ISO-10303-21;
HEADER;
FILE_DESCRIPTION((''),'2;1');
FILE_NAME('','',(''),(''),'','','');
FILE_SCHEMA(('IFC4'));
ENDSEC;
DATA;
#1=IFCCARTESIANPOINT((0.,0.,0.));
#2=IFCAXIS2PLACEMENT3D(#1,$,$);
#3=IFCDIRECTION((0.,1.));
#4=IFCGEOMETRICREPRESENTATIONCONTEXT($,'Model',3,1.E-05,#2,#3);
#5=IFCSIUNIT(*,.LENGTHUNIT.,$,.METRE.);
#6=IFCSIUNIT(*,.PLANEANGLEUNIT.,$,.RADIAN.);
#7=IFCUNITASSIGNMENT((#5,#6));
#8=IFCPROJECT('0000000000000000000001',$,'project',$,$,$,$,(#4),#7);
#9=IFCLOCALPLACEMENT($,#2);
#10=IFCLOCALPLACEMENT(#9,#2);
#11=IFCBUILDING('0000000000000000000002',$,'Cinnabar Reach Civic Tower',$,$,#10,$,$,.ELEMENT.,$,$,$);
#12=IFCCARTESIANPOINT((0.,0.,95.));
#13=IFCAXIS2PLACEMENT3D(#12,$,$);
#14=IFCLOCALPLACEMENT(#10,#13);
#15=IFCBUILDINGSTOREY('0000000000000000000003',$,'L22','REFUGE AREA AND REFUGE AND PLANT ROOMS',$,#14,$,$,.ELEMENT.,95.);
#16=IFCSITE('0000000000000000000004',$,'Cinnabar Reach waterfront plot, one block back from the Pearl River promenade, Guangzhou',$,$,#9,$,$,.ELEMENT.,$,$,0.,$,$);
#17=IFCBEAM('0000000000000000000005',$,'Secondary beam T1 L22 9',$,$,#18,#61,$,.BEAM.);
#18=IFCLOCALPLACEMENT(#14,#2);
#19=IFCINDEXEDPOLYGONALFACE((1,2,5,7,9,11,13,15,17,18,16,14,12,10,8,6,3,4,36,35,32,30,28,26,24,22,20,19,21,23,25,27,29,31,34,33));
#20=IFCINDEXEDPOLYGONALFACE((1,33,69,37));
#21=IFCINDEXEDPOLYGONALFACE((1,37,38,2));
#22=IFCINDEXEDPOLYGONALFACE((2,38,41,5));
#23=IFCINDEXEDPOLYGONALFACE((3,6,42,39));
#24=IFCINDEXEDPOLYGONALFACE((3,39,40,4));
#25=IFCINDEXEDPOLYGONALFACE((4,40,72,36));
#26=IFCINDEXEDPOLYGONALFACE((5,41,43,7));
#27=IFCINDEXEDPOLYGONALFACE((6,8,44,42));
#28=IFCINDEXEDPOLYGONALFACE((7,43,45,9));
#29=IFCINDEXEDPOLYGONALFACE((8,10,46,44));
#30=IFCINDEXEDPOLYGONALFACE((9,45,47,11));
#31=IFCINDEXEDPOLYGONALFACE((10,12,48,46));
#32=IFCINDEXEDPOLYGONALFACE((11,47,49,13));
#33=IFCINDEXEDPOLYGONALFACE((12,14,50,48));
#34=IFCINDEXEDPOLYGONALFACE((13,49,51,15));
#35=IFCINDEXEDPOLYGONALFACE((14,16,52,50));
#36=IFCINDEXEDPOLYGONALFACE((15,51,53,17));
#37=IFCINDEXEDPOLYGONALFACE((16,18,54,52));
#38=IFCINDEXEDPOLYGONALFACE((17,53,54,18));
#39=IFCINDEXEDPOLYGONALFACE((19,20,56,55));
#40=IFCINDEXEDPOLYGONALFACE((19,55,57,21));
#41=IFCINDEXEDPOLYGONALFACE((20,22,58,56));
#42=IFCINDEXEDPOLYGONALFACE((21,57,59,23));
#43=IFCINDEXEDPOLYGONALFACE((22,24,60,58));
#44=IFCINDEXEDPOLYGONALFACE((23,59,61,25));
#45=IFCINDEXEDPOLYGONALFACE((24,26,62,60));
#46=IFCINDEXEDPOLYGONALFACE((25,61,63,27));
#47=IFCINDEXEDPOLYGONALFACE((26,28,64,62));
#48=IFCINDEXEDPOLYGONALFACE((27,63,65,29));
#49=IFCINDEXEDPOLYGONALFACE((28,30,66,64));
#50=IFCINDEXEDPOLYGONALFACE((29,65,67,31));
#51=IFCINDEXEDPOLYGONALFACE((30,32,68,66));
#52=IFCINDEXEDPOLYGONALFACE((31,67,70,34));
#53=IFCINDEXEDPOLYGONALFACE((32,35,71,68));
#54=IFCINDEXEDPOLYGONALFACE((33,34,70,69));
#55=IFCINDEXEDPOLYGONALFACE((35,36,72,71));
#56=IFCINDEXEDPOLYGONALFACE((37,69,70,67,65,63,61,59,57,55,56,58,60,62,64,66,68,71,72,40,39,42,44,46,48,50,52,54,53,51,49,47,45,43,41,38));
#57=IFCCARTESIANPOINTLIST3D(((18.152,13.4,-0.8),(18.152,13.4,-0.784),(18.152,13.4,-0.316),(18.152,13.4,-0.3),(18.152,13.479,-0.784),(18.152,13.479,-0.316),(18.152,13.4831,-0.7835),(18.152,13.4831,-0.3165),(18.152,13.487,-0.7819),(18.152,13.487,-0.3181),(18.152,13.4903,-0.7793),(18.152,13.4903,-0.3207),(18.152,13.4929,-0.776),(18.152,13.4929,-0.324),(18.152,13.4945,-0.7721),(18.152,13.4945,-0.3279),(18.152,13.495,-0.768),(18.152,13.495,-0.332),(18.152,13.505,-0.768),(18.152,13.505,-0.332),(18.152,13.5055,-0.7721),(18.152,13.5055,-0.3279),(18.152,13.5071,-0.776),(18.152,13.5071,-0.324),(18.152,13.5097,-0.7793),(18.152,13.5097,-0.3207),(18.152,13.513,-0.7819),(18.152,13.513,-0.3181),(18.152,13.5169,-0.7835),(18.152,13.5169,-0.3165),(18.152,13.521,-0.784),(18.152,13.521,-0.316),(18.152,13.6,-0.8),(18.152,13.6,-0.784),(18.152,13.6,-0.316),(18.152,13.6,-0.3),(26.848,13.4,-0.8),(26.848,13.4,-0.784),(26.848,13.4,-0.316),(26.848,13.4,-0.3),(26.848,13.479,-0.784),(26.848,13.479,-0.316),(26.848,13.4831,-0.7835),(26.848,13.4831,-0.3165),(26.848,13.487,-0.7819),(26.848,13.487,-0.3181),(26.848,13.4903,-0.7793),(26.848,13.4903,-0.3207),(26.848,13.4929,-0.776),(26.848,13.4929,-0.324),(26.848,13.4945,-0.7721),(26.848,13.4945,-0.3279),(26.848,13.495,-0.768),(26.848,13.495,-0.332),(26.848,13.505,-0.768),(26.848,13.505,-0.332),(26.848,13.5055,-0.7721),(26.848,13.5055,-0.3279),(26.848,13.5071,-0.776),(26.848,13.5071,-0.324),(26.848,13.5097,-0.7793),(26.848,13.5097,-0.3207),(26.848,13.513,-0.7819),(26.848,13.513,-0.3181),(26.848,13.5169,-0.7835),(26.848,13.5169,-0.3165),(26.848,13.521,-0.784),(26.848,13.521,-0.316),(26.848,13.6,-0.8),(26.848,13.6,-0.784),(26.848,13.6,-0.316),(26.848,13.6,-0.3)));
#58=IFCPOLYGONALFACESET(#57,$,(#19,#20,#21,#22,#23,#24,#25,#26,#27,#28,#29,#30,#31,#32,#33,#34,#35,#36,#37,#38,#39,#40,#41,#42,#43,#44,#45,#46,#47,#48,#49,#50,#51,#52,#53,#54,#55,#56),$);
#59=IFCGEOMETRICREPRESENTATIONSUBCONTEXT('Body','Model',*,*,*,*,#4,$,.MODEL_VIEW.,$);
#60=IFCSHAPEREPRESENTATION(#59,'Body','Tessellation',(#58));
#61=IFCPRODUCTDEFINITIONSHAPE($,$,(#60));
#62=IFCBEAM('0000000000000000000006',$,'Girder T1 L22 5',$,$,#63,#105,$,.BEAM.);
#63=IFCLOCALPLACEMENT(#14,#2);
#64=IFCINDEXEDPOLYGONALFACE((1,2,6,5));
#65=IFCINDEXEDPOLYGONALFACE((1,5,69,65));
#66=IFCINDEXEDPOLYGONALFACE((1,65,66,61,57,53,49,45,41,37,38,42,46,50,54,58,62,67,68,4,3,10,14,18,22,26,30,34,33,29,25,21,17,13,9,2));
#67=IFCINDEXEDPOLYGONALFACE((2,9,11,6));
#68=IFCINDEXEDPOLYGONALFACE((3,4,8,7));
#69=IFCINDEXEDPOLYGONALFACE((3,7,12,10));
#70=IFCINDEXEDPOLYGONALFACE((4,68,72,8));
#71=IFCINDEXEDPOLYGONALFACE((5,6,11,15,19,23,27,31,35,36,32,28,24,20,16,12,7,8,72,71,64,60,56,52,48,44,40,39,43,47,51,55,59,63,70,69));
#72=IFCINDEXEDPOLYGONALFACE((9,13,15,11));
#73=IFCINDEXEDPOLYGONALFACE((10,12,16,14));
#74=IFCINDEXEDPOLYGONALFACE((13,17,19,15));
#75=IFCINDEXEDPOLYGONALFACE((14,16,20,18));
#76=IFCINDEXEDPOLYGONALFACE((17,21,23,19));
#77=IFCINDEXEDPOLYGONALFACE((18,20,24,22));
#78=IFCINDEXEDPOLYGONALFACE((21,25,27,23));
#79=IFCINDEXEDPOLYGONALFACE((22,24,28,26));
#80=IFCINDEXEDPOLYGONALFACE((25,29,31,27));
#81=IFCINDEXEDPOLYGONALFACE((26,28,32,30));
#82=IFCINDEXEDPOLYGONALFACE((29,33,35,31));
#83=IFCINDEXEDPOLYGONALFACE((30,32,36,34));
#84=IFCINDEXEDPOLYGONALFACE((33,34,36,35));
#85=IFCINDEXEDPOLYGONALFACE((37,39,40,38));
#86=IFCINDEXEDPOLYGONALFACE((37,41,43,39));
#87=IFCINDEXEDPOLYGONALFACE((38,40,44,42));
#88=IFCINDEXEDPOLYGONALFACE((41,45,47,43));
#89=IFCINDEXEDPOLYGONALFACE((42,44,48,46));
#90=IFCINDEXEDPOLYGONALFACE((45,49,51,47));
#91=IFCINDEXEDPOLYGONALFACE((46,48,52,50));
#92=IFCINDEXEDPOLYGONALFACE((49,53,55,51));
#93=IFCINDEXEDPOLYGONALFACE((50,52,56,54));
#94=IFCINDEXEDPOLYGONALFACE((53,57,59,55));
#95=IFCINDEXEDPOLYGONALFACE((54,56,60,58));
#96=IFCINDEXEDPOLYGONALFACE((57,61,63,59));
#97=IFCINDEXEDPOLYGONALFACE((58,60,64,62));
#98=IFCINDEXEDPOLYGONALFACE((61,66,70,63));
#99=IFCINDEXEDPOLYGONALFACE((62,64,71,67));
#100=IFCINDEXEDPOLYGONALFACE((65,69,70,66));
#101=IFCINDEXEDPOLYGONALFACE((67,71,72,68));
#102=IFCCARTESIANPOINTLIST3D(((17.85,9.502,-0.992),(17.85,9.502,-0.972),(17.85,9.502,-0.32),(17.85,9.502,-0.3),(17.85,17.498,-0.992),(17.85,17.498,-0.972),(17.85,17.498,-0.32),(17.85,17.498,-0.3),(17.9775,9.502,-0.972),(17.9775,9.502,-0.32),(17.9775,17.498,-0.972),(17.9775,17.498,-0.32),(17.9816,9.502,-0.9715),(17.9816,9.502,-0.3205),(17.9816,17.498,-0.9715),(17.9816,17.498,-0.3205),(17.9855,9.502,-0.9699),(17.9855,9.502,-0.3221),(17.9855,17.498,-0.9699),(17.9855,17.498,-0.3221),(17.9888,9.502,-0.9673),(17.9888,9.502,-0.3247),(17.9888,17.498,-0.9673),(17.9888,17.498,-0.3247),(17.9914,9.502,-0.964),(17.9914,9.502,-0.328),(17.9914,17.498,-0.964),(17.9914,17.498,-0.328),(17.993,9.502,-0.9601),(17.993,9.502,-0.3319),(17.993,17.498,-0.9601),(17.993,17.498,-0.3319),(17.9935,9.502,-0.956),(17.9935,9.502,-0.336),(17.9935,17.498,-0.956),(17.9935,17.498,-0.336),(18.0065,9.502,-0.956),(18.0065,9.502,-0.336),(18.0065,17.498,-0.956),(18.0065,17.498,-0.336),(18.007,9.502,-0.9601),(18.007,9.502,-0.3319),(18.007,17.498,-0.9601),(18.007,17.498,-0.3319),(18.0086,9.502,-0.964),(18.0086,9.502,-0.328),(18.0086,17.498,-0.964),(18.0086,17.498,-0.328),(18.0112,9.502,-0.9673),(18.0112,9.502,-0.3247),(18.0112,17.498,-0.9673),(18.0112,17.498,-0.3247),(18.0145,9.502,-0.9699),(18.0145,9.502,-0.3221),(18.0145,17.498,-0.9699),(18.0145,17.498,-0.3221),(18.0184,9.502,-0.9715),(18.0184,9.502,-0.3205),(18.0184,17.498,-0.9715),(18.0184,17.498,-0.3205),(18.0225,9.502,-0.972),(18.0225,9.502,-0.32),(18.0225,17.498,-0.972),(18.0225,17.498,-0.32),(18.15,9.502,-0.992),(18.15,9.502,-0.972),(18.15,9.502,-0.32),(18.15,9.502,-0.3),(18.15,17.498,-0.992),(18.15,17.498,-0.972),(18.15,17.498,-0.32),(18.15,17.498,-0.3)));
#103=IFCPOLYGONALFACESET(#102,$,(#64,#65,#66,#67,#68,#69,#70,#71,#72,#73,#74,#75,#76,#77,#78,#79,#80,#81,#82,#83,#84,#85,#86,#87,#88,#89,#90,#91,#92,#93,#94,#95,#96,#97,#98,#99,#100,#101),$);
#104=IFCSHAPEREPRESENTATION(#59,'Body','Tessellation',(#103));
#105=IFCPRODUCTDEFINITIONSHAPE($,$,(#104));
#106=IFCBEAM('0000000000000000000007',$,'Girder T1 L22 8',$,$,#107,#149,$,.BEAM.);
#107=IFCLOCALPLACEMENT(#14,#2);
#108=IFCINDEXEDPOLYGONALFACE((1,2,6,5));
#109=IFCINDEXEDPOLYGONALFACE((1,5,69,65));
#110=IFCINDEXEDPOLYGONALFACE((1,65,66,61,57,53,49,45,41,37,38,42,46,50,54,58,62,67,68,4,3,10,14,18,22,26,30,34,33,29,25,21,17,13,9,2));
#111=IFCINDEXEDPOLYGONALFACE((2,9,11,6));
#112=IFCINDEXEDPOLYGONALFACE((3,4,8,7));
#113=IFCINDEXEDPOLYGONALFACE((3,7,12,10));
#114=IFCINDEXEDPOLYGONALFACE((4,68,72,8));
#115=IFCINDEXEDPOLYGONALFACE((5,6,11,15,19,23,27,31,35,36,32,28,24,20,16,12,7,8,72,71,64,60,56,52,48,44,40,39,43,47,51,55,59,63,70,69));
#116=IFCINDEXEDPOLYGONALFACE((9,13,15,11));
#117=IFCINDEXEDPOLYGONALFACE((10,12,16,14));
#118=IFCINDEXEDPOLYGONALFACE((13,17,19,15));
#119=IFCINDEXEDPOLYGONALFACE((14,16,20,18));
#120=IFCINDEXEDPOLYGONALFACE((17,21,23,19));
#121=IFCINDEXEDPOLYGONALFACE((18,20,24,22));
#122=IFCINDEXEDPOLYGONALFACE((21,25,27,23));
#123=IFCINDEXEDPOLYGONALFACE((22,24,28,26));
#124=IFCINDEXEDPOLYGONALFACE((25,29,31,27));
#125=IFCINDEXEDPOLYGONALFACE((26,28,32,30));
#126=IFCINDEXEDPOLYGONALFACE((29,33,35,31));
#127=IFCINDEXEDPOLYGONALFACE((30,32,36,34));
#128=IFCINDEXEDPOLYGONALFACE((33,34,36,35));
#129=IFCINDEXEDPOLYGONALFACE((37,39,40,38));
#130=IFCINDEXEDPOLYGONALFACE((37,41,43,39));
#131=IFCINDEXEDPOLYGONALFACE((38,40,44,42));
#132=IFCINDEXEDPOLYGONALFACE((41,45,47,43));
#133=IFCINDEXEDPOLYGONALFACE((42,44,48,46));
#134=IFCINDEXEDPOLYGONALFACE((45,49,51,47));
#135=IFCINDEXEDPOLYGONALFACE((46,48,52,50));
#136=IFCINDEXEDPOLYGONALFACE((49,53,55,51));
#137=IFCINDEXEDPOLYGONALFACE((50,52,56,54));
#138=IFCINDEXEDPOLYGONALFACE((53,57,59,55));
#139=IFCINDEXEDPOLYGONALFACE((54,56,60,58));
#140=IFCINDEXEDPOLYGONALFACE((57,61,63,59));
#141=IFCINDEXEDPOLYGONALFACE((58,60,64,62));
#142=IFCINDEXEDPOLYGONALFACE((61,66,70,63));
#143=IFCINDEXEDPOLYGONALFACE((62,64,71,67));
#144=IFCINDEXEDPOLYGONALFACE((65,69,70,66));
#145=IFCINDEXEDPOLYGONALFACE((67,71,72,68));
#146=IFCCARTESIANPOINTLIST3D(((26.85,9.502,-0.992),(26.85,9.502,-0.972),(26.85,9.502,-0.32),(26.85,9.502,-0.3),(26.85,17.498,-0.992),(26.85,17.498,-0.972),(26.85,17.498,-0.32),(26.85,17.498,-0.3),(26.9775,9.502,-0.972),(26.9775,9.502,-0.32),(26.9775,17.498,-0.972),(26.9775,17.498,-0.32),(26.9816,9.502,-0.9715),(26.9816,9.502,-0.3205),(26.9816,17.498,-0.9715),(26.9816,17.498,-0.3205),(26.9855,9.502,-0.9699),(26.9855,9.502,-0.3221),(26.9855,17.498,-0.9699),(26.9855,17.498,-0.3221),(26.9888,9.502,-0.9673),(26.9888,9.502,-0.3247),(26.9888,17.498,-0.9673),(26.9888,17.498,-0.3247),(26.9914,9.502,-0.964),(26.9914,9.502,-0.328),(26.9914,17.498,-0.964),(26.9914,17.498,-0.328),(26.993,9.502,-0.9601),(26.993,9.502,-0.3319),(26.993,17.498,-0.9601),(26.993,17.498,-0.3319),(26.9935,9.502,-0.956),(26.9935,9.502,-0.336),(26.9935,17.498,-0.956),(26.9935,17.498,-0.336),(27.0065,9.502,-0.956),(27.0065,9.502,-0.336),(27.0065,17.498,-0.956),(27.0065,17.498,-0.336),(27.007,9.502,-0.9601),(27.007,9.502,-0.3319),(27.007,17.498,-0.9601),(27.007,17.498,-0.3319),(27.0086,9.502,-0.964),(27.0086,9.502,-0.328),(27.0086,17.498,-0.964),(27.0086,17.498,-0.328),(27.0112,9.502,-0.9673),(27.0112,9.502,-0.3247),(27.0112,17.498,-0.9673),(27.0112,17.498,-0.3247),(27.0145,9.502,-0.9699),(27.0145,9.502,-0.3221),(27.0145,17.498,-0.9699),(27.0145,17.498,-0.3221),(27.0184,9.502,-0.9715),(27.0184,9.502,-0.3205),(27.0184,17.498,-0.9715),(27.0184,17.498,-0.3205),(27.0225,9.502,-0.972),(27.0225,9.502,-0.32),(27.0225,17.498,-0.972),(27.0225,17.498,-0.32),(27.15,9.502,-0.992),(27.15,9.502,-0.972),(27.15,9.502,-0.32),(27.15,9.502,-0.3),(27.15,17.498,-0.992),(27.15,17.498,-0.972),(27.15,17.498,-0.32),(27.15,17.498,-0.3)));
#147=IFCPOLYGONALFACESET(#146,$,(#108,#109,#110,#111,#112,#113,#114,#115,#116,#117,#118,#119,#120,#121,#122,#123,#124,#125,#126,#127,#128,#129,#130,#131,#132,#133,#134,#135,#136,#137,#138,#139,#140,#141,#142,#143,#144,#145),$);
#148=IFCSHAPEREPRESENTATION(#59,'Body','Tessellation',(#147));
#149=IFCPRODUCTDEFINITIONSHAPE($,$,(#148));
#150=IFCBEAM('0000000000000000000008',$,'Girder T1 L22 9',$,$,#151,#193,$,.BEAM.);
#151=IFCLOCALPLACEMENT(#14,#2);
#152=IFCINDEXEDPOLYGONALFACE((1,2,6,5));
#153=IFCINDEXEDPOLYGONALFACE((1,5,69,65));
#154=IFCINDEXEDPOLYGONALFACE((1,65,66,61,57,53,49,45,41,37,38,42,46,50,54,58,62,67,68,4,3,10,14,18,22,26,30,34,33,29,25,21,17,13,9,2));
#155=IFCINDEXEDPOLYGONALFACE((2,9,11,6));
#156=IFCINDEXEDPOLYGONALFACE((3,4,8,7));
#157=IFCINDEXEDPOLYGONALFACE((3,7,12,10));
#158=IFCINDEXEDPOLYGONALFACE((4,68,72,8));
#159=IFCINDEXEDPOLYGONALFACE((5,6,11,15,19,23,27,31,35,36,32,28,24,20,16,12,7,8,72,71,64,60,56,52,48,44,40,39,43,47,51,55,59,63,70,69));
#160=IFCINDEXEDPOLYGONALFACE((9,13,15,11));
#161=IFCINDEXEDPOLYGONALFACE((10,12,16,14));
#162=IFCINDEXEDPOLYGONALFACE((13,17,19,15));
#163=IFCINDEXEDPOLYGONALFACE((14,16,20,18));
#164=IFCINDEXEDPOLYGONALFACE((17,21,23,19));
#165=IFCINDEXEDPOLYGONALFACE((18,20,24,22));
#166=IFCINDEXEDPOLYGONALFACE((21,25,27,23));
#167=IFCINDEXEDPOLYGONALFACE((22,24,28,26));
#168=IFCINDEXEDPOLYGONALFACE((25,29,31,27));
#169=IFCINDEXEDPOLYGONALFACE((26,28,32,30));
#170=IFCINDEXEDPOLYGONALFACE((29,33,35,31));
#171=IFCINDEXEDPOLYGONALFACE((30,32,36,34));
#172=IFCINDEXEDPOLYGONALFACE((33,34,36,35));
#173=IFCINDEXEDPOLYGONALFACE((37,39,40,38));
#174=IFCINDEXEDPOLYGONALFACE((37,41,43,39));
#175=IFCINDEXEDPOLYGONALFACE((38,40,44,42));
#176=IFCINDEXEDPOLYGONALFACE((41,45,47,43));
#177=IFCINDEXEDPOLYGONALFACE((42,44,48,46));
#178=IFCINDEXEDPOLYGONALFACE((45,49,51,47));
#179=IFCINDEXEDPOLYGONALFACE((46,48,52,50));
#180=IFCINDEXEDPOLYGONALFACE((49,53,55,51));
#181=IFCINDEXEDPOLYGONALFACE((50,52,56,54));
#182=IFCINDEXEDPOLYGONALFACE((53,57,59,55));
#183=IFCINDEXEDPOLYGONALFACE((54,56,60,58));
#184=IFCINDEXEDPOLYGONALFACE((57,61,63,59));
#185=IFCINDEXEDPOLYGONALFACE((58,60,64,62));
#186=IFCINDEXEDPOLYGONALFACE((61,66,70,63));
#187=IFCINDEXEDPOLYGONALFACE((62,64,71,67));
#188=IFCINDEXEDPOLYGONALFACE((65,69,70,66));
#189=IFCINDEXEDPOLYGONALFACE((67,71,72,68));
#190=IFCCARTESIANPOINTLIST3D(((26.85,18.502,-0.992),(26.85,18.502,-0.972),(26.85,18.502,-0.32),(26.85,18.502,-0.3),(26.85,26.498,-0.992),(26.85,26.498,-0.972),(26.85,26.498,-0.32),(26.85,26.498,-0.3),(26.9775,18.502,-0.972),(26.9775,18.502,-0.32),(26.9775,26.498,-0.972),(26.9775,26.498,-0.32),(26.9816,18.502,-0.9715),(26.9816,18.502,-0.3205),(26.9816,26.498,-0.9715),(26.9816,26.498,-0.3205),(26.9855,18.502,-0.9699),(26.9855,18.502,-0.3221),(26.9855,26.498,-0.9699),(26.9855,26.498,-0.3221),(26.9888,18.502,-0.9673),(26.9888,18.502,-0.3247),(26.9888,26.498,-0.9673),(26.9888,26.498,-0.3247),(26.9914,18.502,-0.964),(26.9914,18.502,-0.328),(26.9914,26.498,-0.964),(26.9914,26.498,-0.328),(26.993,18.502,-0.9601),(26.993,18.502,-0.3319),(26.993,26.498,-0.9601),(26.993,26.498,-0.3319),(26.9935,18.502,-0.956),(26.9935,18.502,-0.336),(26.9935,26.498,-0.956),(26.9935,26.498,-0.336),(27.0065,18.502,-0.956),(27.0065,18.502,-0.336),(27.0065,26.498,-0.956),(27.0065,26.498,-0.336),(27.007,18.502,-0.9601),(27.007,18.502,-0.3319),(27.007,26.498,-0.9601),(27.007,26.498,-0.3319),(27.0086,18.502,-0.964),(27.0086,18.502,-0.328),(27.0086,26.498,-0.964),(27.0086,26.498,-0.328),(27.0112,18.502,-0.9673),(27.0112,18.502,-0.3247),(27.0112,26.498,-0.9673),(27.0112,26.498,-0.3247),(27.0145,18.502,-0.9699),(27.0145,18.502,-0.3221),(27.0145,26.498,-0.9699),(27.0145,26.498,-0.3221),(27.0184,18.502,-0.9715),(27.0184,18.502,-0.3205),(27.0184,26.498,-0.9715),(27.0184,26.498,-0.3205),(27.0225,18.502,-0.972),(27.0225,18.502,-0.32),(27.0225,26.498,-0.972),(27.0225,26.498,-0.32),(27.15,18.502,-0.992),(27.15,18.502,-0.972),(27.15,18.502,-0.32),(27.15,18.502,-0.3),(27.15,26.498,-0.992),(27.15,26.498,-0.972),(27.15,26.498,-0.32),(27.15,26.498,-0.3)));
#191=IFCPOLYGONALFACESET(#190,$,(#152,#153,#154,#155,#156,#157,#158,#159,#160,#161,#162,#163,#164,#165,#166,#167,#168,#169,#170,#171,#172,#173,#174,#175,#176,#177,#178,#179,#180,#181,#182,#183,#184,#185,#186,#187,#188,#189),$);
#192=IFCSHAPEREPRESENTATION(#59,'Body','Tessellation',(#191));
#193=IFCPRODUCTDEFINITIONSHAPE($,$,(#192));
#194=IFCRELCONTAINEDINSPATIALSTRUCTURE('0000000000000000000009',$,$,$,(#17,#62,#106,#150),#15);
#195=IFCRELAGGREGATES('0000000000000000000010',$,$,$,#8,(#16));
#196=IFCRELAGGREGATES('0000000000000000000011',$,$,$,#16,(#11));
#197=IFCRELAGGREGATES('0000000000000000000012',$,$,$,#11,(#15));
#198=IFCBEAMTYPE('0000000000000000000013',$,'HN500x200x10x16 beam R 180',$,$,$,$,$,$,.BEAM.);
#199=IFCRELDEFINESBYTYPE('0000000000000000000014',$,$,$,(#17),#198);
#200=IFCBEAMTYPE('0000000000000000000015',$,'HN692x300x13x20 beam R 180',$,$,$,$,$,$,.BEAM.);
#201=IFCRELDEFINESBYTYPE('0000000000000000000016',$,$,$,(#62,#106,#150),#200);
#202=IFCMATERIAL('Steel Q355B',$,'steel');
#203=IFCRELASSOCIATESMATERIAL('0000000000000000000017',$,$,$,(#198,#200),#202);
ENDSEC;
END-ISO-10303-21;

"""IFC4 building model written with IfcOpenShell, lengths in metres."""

from ifc_helpers import new_model, si_unit, direction, frame, origin, origin_2d, place, context, subcontext, project, spatial, i_section, extrude, material, material_profile, profile_set, type_object, element, save


model = new_model("IFC4")

# Units and contexts
model_context = context("Model", 3, precision=1e-05, world=origin(), true_north=direction((0.0, 1.0)))
body_context = subcontext(model_context, "Body", "Model", "MODEL_VIEW")
ifc_project = project(units=[si_unit("LENGTHUNIT", "METRE"), si_unit("PLANEANGLEUNIT", "RADIAN")], contexts=[model_context])

# Site, building, storey
site_placement = place(None, origin())
site = spatial("IfcSite", under=ifc_project, at=site_placement, Name="Cinnabar Reach waterfront plot, one block back from the Pearl River promenade, Guangzhou", CompositionType="ELEMENT", RefElevation=0.0)
building_placement = place(site_placement, origin())
building = spatial("IfcBuilding", under=site, at=building_placement, Name="Cinnabar Reach Civic Tower", CompositionType="ELEMENT")
storey_placement = place(building_placement, frame((0.0, 0.0, 95.0)))
storey = spatial("IfcBuildingStorey", under=building, at=storey_placement, Name="L22", Description="REFUGE AREA AND REFUGE AND PLANT ROOMS", CompositionType="ELEMENT", Elevation=95.0)

# Beams
ifc_material_1 = material(Name="Steel Q355B", Category="steel")
ifc_material_profile_1 = material_profile(ifc_material_1, i_section(OverallWidth=0.2, OverallDepth=0.5, WebThickness=0.01, FlangeThickness=0.016, FilletRadius=0.016, at=origin_2d()), Name="HN500x200x10x16")
ifc_profile_set_1 = profile_set([ifc_material_profile_1], Name="Steel Q355B")
beam_type_1 = type_object("IfcBeamType", Name="HN500x200x10x16 beam R 180", PredefinedType="BEAM", material=ifc_profile_set_1)
beam_1_placement = place(storey_placement, frame((18.152, 13.5, -0.55), z_axis=(1.0, 0.0, 0.0), x_axis=(0.0, 1.0, 0.0)))
element("IfcBeam", 1, at=beam_1_placement, inside=storey, type_object=beam_type_1, Name="Secondary beam T1 L22 9", PredefinedType="BEAM", context=body_context, shape_type="SweptSolid", body=[
    extrude(i_section(OverallWidth=0.2, OverallDepth=0.5, WebThickness=0.01, FlangeThickness=0.016, FilletRadius=0.016, at=origin_2d()), origin(), (0.0, 0.0, 1.0), 8.696),
])
ifc_material_profile_2 = material_profile(ifc_material_1, i_section(OverallWidth=0.3, OverallDepth=0.692, WebThickness=0.013, FlangeThickness=0.02, FilletRadius=0.016, at=origin_2d()), Name="HN692x300x13x20")
ifc_profile_set_2 = profile_set([ifc_material_profile_2], Name="Steel Q355B")
beam_type_2 = type_object("IfcBeamType", Name="HN692x300x13x20 beam R 180", PredefinedType="BEAM", material=ifc_profile_set_2)
for number, where, z_axis, x_axis, name in (
    (2, (18.0, 9.502, -0.646), (0.0, 1.0, 0.0), (-1.0, 0.0, 0.0), "Girder T1 L22 5"),
    (3, (27.0, 9.502, -0.646), (0.0, 1.0, 0.0), (-1.0, 0.0, 0.0), "Girder T1 L22 8"),
    (4, (27.0, 18.502, -0.646), (0.0, 1.0, 0.0), (-1.0, 0.0, 0.0), "Girder T1 L22 9"),
):
    element("IfcBeam", number, at=place(storey_placement, frame(where, z_axis=z_axis, x_axis=x_axis)), inside=storey, type_object=beam_type_2, Name=name, PredefinedType="BEAM", context=body_context, shape_type="SweptSolid", body=[
        extrude(i_section(OverallWidth=0.3, OverallDepth=0.692, WebThickness=0.013, FlangeThickness=0.02, FilletRadius=0.016, at=origin_2d()), origin(), (0.0, 0.0, 1.0), 7.996),
    ])

save(model, "model.ifc")
